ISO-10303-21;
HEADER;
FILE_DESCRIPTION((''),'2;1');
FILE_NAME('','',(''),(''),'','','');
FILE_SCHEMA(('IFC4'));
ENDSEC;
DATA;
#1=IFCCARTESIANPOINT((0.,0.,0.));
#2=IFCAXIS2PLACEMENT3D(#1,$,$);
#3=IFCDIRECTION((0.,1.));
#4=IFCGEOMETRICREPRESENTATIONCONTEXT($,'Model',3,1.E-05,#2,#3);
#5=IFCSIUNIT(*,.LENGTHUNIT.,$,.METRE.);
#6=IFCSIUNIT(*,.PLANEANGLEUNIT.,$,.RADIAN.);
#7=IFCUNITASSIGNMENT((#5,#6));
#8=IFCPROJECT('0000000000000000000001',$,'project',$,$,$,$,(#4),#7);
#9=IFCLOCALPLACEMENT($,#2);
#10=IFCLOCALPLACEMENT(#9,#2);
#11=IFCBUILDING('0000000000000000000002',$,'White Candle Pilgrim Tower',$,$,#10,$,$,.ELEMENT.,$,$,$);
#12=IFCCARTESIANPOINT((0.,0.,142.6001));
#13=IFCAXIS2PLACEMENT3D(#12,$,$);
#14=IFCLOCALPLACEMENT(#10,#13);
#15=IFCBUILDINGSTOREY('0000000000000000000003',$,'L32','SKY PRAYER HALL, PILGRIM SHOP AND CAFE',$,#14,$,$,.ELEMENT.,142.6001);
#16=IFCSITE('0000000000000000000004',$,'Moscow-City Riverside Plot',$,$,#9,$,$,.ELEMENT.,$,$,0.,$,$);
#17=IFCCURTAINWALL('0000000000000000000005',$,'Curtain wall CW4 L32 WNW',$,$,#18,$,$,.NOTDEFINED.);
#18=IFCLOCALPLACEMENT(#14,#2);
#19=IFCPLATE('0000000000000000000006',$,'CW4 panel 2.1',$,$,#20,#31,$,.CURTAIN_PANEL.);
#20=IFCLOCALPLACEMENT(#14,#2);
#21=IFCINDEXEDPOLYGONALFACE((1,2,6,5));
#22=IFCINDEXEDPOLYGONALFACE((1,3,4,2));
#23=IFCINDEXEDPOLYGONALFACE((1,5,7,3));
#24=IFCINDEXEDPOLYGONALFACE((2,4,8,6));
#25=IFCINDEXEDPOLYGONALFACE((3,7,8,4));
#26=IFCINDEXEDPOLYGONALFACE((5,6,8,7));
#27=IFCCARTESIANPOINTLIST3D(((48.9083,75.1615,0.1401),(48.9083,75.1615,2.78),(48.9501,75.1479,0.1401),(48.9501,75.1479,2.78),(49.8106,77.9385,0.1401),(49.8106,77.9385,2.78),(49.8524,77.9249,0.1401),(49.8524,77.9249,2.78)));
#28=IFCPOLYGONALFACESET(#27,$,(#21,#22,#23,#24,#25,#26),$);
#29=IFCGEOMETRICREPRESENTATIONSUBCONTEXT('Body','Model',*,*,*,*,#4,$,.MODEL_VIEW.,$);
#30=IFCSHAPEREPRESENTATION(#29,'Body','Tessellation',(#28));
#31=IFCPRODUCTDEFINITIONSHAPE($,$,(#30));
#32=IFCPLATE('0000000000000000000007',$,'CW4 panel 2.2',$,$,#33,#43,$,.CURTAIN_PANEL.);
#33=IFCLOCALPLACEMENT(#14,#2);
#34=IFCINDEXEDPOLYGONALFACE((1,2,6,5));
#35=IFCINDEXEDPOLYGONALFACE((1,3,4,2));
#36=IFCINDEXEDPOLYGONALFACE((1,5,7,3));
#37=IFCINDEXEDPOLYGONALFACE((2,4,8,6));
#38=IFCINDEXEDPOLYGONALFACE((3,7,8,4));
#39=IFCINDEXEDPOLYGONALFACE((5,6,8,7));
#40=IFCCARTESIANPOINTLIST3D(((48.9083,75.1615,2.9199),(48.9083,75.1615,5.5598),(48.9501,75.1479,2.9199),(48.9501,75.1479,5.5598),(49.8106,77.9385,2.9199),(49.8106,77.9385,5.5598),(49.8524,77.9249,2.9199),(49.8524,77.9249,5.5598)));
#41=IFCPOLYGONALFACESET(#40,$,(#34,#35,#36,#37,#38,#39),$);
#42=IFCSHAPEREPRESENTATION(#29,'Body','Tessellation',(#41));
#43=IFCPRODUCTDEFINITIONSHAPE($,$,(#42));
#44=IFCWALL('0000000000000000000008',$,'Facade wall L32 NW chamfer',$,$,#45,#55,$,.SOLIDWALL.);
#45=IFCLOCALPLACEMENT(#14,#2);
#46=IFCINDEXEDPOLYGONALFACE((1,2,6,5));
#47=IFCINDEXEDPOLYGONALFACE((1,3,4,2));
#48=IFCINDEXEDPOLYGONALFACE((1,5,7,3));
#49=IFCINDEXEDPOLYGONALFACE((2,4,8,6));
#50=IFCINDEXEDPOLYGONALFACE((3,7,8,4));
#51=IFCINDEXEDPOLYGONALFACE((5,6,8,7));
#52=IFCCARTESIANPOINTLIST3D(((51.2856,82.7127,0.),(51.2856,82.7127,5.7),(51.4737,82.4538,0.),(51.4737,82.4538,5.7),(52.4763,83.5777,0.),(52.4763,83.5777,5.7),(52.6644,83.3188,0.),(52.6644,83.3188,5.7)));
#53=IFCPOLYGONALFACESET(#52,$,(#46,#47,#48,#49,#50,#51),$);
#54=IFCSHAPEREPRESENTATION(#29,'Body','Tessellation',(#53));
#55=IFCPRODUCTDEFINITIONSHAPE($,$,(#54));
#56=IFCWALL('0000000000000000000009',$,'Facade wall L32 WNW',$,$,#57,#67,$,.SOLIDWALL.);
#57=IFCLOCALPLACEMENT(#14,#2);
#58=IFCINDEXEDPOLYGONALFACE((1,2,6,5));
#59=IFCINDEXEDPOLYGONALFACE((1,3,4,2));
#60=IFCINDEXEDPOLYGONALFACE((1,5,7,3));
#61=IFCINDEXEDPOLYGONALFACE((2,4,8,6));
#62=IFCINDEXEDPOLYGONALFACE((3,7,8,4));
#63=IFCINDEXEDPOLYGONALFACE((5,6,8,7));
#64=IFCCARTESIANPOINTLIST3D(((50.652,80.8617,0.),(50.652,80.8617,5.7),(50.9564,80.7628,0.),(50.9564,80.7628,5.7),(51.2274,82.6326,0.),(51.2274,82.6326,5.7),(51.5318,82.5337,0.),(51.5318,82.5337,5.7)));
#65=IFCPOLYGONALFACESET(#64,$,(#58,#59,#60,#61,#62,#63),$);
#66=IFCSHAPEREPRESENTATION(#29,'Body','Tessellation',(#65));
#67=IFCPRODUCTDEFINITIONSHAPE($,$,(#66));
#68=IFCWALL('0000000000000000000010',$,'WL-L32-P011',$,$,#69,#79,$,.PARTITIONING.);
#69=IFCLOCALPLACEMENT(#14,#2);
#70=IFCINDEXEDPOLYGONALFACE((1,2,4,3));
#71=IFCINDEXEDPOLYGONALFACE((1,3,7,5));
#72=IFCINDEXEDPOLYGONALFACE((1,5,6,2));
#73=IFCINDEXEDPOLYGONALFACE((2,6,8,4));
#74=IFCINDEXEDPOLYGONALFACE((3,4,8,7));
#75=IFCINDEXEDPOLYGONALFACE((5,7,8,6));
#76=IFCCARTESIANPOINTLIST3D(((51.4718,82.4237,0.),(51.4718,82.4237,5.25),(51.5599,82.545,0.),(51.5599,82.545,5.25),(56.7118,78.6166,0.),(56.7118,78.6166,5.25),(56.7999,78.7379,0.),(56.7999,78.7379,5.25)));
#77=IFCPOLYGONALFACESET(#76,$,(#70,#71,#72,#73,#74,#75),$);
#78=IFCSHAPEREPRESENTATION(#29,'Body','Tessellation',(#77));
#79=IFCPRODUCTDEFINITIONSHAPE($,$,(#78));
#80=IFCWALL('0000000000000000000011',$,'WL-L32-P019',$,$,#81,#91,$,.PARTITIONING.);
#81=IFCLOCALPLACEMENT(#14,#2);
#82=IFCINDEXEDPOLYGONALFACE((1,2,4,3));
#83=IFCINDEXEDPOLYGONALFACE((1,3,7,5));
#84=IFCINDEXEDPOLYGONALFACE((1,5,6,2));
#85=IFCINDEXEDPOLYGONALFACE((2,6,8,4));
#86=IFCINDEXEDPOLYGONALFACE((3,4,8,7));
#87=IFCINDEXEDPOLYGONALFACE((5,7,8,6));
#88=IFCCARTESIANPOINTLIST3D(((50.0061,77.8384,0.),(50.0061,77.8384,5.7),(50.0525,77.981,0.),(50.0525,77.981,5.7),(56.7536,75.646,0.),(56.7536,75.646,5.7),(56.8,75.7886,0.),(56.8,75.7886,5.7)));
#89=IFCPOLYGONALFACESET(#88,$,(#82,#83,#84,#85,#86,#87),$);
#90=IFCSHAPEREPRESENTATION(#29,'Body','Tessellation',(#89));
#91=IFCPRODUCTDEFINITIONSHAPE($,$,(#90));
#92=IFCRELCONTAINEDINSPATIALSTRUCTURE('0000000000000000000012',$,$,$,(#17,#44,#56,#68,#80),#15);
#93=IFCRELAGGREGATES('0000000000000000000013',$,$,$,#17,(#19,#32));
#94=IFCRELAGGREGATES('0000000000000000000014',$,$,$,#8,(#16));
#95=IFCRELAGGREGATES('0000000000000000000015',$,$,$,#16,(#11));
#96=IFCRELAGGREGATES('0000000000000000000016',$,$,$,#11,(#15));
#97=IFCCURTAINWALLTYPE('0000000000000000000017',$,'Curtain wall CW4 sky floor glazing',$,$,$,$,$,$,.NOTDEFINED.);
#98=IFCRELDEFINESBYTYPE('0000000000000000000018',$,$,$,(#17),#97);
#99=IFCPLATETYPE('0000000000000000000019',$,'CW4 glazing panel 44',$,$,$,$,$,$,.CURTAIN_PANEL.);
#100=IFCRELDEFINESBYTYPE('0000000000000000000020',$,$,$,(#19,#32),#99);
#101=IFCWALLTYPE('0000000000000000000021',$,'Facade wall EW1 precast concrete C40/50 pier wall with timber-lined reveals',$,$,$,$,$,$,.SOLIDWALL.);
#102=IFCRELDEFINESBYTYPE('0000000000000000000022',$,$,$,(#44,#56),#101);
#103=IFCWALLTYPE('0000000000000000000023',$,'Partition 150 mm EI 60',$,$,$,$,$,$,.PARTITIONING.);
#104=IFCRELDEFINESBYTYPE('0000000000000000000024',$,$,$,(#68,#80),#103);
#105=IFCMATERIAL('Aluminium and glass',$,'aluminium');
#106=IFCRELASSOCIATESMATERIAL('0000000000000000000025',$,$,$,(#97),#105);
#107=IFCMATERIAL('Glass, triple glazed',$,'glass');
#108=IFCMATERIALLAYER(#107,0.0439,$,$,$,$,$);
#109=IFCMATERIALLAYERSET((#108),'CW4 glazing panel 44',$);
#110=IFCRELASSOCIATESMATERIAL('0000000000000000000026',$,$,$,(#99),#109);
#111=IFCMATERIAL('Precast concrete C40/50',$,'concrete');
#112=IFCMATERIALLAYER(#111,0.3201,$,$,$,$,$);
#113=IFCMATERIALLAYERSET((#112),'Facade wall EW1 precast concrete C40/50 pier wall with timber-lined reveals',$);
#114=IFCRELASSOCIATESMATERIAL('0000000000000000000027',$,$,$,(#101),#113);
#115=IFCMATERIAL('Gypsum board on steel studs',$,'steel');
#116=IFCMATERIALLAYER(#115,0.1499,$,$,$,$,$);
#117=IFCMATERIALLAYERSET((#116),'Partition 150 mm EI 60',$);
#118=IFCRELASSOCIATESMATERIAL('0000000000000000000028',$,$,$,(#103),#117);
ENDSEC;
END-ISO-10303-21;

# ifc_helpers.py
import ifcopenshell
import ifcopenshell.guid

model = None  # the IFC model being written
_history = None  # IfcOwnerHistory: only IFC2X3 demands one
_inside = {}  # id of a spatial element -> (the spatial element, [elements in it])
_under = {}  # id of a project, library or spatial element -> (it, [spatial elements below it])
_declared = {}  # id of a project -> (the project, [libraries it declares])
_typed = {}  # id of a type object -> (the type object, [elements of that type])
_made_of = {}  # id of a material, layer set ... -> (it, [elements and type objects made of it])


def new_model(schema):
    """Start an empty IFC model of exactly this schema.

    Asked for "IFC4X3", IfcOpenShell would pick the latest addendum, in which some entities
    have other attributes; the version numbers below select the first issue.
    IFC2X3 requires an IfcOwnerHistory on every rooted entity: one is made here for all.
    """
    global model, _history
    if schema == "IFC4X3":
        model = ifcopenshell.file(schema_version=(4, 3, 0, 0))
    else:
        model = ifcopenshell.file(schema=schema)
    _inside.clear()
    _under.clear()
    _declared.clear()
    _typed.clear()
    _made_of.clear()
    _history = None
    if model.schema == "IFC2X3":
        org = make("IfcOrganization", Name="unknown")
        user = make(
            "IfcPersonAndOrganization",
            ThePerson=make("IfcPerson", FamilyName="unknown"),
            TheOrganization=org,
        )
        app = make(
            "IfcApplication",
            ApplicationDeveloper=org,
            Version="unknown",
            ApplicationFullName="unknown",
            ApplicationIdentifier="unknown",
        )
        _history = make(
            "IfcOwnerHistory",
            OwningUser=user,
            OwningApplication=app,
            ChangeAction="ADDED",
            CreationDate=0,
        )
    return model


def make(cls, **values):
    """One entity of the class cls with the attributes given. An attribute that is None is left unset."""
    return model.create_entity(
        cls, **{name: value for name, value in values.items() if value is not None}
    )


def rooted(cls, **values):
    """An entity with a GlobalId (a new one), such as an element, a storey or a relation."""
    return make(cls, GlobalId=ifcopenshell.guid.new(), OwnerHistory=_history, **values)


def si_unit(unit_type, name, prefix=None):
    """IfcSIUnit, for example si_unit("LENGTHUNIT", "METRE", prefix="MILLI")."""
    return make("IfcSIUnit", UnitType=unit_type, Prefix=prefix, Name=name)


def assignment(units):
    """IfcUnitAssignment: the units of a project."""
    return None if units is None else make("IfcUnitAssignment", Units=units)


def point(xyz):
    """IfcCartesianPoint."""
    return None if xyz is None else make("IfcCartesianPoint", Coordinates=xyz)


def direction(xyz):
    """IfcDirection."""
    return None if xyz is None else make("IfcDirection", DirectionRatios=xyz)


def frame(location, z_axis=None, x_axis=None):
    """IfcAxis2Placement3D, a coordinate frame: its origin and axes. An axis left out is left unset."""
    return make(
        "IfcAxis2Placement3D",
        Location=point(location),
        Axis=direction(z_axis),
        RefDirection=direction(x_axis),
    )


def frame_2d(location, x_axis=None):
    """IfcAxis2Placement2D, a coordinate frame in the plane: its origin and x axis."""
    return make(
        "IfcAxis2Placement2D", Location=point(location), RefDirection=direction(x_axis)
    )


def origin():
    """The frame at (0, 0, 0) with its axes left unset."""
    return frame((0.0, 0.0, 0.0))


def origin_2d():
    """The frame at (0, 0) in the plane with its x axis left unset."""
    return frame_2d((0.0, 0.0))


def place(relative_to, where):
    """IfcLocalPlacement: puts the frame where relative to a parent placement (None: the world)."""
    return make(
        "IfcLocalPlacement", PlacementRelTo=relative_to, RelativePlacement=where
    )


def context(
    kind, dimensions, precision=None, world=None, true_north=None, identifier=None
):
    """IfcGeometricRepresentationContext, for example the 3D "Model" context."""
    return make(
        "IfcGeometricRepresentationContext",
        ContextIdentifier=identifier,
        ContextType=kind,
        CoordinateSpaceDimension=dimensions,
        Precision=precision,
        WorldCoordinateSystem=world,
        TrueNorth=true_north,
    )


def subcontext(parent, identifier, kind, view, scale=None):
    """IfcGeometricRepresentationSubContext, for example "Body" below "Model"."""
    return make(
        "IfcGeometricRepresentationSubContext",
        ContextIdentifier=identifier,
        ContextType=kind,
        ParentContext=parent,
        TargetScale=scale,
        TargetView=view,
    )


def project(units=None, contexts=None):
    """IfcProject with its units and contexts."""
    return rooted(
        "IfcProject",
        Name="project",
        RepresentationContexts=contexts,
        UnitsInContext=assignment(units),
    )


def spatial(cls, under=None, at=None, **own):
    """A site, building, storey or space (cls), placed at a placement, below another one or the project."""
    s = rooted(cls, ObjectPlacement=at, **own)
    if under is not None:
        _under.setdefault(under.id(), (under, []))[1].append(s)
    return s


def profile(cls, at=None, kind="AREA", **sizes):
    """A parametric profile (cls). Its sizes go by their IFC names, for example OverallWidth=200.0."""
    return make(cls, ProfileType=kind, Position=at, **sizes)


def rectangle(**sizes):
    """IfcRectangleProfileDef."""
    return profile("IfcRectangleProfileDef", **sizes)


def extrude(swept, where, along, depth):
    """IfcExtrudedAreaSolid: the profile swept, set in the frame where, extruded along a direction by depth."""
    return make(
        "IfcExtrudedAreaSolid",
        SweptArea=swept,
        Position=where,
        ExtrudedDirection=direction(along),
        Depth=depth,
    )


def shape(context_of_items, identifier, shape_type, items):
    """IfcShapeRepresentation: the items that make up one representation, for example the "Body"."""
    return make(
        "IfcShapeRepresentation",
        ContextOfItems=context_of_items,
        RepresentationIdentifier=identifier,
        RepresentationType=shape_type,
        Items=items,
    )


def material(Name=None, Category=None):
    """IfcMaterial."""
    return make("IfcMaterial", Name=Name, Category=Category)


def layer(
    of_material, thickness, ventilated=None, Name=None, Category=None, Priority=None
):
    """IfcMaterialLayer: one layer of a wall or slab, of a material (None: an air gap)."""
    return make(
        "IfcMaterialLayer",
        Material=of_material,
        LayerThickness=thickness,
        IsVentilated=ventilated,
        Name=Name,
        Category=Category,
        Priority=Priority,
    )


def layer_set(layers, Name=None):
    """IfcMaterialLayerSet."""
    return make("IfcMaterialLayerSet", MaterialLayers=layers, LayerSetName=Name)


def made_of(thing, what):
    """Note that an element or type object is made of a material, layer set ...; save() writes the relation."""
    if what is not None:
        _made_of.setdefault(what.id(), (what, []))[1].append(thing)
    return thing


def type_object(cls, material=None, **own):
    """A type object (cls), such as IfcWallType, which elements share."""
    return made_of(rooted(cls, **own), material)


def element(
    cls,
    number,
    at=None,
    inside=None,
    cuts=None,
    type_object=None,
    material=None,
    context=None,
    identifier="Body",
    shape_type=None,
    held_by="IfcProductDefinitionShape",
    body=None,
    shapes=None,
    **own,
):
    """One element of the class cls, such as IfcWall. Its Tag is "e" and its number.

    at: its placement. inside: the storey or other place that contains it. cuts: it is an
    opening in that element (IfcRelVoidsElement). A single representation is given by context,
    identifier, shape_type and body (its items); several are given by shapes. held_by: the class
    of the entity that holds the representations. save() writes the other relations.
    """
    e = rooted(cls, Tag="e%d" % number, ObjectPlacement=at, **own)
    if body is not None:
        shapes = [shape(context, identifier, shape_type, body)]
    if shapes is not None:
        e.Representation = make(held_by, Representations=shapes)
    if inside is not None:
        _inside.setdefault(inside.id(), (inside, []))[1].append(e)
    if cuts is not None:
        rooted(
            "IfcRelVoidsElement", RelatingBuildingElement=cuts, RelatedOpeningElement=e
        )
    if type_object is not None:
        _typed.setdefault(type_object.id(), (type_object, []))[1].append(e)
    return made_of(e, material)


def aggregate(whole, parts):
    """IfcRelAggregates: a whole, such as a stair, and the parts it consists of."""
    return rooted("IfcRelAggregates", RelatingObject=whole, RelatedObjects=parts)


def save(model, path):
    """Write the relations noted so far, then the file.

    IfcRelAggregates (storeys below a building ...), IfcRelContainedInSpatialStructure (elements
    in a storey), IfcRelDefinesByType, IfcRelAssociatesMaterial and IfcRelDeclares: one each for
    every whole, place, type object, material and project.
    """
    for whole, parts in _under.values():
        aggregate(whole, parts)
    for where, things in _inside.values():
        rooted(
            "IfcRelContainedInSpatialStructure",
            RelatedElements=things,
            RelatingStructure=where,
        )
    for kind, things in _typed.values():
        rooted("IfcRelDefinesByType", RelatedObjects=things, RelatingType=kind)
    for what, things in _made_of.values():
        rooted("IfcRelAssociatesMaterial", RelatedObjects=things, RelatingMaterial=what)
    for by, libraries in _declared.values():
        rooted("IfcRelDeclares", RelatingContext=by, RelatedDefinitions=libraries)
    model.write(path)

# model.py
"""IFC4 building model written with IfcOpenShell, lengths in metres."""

from ifc_helpers import new_model, si_unit, direction, frame, frame_2d, origin, origin_2d, place, context, subcontext, project, spatial, rectangle, extrude, material, layer, layer_set, type_object, element, aggregate, save


model = new_model("IFC4")

# Units and contexts
model_context = context("Model", 3, precision=1e-05, world=origin(), true_north=direction((0.0, 1.0)))
body_context = subcontext(model_context, "Body", "Model", "MODEL_VIEW")
ifc_project = project(units=[si_unit("LENGTHUNIT", "METRE"), si_unit("PLANEANGLEUNIT", "RADIAN")], contexts=[model_context])

# Site, building, storey
site_placement = place(None, origin())
site = spatial("IfcSite", under=ifc_project, at=site_placement, Name="Moscow-City Riverside Plot", CompositionType="ELEMENT", RefElevation=0.0)
building_placement = place(site_placement, origin())
building = spatial("IfcBuilding", under=site, at=building_placement, Name="White Candle Pilgrim Tower", CompositionType="ELEMENT")
storey_placement = place(building_placement, frame((0.0, 0.0, 142.6001)))
storey = spatial("IfcBuildingStorey", under=building, at=storey_placement, Name="L32", Description="SKY PRAYER HALL, PILGRIM SHOP AND CAFE", CompositionType="ELEMENT", Elevation=142.6001)

# Curtain wall
ifc_material_1 = material(Name="Aluminium and glass", Category="aluminium")
curtain_wall_type = type_object("IfcCurtainWallType", Name="Curtain wall CW4 sky floor glazing", PredefinedType="NOTDEFINED", material=ifc_material_1)
curtain_wall_1_placement = place(storey_placement, origin())
curtain_wall_1 = element("IfcCurtainWall", 1, at=curtain_wall_1_placement, inside=storey, type_object=curtain_wall_type, Name="Curtain wall CW4 L32 WNW", PredefinedType="NOTDEFINED")

# Plates
ifc_material_2 = material(Name="Glass, triple glazed", Category="glass")
ifc_layer_1 = layer(ifc_material_2, 0.0439)
ifc_layer_set_1 = layer_set([ifc_layer_1], Name="CW4 glazing panel 44")
plate_type = type_object("IfcPlateType", Name="CW4 glazing panel 44", PredefinedType="CURTAIN_PANEL", material=ifc_layer_set_1)
plate_1_placement = place(storey_placement, frame((49.3804, 76.5432, 0.1401), z_axis=(0.0, 0.0, 1.0), x_axis=(-0.309017, -0.951057, 0.0)))
plate_1 = element("IfcPlate", 2, at=plate_1_placement, type_object=plate_type, Name="CW4 panel 2.1", PredefinedType="CURTAIN_PANEL", context=body_context, shape_type="SweptSolid", body=[
    extrude(rectangle(XDim=2.9199, YDim=0.0439, at=origin_2d()), origin(), (0.0, 0.0, 1.0), 2.6399),
])
plate_2_placement = place(storey_placement, frame((49.3804, 76.5432, 2.9199), z_axis=(0.0, 0.0, 1.0), x_axis=(-0.309017, -0.951057, 0.0)))
plate_2 = element("IfcPlate", 3, at=plate_2_placement, type_object=plate_type, Name="CW4 panel 2.2", PredefinedType="CURTAIN_PANEL", context=body_context, shape_type="SweptSolid", body=[
    extrude(rectangle(XDim=2.9199, YDim=0.0439, at=origin_2d()), origin(), (0.0, 0.0, 1.0), 2.6399),
])
aggregate(curtain_wall_1, [plate_1, plate_2])

# Walls
ifc_material_3 = material(Name="Precast concrete C40/50", Category="concrete")
ifc_layer_2 = layer(ifc_material_3, 0.3201)
ifc_layer_set_2 = layer_set([ifc_layer_2], Name="Facade wall EW1 precast concrete C40/50 pier wall with timber-lined reveals")
wall_type_1 = type_object("IfcWallType", Name="Facade wall EW1 precast concrete C40/50 pier wall with timber-lined reveals", PredefinedType="SOLIDWALL", material=ifc_layer_set_2)
wall_1_placement = place(storey_placement, frame((52.5703, 83.4482, 0.0), z_axis=(0.0, 0.0, 1.0), x_axis=(-0.809044, -0.587747, 0.0)))
element("IfcWall", 4, at=wall_1_placement, inside=storey, type_object=wall_type_1, Name="Facade wall L32 NW chamfer", PredefinedType="SOLIDWALL", context=body_context, shape_type="SweptSolid", body=[
    extrude(rectangle(XDim=1.4717, YDim=0.3201, at=frame_2d((0.7358, 0.0))), origin(), (0.0, 0.0, 1.0), 5.7),
])
wall_2_placement = place(storey_placement, frame((51.3796, 82.5833, 0.0), z_axis=(0.0, 0.0, 1.0), x_axis=(-0.309021, -0.951055, 0.0)))
element("IfcWall", 5, at=wall_2_placement, inside=storey, type_object=wall_type_1, Name="Facade wall L32 WNW", PredefinedType="SOLIDWALL", context=body_context, shape_type="SweptSolid", body=[
    extrude(rectangle(XDim=1.8621, YDim=0.3201, at=frame_2d((0.9312, 0.0))), origin(), (0.0, 0.0, 1.0), 5.7),
])
ifc_material_4 = material(Name="Gypsum board on steel studs", Category="steel")
ifc_layer_3 = layer(ifc_material_4, 0.1499)
ifc_layer_set_3 = layer_set([ifc_layer_3], Name="Partition 150 mm EI 60")
wall_type_2 = type_object("IfcWallType", Name="Partition 150 mm EI 60", PredefinedType="PARTITIONING", material=ifc_layer_set_3)
wall_3_placement = place(storey_placement, frame((51.5159, 82.4844, 0.0), z_axis=(0.0, 0.0, 1.0), x_axis=(0.809013, -0.587791, 0.0)))
element("IfcWall", 6, at=wall_3_placement, inside=storey, type_object=wall_type_2, Name="WL-L32-P011", PredefinedType="PARTITIONING", context=body_context, shape_type="SweptSolid", body=[
    extrude(rectangle(XDim=6.4771, YDim=0.1499, at=frame_2d((3.2385, 0.0))), origin(), (0.0, 0.0, 1.0), 5.25),
])
wall_4_placement = place(storey_placement, frame((50.0293, 77.9097, 0.0), z_axis=(0.0, 0.0, 1.0), x_axis=(0.951058, -0.309013, 0.0)))
element("IfcWall", 7, at=wall_4_placement, inside=storey, type_object=wall_type_2, Name="WL-L32-P019", PredefinedType="PARTITIONING", context=body_context, shape_type="SweptSolid", body=[
    extrude(rectangle(XDim=7.0947, YDim=0.1499, at=frame_2d((3.5474, 0.0))), origin(), (0.0, 0.0, 1.0), 5.7),
])

save(model, "model.ifc")
